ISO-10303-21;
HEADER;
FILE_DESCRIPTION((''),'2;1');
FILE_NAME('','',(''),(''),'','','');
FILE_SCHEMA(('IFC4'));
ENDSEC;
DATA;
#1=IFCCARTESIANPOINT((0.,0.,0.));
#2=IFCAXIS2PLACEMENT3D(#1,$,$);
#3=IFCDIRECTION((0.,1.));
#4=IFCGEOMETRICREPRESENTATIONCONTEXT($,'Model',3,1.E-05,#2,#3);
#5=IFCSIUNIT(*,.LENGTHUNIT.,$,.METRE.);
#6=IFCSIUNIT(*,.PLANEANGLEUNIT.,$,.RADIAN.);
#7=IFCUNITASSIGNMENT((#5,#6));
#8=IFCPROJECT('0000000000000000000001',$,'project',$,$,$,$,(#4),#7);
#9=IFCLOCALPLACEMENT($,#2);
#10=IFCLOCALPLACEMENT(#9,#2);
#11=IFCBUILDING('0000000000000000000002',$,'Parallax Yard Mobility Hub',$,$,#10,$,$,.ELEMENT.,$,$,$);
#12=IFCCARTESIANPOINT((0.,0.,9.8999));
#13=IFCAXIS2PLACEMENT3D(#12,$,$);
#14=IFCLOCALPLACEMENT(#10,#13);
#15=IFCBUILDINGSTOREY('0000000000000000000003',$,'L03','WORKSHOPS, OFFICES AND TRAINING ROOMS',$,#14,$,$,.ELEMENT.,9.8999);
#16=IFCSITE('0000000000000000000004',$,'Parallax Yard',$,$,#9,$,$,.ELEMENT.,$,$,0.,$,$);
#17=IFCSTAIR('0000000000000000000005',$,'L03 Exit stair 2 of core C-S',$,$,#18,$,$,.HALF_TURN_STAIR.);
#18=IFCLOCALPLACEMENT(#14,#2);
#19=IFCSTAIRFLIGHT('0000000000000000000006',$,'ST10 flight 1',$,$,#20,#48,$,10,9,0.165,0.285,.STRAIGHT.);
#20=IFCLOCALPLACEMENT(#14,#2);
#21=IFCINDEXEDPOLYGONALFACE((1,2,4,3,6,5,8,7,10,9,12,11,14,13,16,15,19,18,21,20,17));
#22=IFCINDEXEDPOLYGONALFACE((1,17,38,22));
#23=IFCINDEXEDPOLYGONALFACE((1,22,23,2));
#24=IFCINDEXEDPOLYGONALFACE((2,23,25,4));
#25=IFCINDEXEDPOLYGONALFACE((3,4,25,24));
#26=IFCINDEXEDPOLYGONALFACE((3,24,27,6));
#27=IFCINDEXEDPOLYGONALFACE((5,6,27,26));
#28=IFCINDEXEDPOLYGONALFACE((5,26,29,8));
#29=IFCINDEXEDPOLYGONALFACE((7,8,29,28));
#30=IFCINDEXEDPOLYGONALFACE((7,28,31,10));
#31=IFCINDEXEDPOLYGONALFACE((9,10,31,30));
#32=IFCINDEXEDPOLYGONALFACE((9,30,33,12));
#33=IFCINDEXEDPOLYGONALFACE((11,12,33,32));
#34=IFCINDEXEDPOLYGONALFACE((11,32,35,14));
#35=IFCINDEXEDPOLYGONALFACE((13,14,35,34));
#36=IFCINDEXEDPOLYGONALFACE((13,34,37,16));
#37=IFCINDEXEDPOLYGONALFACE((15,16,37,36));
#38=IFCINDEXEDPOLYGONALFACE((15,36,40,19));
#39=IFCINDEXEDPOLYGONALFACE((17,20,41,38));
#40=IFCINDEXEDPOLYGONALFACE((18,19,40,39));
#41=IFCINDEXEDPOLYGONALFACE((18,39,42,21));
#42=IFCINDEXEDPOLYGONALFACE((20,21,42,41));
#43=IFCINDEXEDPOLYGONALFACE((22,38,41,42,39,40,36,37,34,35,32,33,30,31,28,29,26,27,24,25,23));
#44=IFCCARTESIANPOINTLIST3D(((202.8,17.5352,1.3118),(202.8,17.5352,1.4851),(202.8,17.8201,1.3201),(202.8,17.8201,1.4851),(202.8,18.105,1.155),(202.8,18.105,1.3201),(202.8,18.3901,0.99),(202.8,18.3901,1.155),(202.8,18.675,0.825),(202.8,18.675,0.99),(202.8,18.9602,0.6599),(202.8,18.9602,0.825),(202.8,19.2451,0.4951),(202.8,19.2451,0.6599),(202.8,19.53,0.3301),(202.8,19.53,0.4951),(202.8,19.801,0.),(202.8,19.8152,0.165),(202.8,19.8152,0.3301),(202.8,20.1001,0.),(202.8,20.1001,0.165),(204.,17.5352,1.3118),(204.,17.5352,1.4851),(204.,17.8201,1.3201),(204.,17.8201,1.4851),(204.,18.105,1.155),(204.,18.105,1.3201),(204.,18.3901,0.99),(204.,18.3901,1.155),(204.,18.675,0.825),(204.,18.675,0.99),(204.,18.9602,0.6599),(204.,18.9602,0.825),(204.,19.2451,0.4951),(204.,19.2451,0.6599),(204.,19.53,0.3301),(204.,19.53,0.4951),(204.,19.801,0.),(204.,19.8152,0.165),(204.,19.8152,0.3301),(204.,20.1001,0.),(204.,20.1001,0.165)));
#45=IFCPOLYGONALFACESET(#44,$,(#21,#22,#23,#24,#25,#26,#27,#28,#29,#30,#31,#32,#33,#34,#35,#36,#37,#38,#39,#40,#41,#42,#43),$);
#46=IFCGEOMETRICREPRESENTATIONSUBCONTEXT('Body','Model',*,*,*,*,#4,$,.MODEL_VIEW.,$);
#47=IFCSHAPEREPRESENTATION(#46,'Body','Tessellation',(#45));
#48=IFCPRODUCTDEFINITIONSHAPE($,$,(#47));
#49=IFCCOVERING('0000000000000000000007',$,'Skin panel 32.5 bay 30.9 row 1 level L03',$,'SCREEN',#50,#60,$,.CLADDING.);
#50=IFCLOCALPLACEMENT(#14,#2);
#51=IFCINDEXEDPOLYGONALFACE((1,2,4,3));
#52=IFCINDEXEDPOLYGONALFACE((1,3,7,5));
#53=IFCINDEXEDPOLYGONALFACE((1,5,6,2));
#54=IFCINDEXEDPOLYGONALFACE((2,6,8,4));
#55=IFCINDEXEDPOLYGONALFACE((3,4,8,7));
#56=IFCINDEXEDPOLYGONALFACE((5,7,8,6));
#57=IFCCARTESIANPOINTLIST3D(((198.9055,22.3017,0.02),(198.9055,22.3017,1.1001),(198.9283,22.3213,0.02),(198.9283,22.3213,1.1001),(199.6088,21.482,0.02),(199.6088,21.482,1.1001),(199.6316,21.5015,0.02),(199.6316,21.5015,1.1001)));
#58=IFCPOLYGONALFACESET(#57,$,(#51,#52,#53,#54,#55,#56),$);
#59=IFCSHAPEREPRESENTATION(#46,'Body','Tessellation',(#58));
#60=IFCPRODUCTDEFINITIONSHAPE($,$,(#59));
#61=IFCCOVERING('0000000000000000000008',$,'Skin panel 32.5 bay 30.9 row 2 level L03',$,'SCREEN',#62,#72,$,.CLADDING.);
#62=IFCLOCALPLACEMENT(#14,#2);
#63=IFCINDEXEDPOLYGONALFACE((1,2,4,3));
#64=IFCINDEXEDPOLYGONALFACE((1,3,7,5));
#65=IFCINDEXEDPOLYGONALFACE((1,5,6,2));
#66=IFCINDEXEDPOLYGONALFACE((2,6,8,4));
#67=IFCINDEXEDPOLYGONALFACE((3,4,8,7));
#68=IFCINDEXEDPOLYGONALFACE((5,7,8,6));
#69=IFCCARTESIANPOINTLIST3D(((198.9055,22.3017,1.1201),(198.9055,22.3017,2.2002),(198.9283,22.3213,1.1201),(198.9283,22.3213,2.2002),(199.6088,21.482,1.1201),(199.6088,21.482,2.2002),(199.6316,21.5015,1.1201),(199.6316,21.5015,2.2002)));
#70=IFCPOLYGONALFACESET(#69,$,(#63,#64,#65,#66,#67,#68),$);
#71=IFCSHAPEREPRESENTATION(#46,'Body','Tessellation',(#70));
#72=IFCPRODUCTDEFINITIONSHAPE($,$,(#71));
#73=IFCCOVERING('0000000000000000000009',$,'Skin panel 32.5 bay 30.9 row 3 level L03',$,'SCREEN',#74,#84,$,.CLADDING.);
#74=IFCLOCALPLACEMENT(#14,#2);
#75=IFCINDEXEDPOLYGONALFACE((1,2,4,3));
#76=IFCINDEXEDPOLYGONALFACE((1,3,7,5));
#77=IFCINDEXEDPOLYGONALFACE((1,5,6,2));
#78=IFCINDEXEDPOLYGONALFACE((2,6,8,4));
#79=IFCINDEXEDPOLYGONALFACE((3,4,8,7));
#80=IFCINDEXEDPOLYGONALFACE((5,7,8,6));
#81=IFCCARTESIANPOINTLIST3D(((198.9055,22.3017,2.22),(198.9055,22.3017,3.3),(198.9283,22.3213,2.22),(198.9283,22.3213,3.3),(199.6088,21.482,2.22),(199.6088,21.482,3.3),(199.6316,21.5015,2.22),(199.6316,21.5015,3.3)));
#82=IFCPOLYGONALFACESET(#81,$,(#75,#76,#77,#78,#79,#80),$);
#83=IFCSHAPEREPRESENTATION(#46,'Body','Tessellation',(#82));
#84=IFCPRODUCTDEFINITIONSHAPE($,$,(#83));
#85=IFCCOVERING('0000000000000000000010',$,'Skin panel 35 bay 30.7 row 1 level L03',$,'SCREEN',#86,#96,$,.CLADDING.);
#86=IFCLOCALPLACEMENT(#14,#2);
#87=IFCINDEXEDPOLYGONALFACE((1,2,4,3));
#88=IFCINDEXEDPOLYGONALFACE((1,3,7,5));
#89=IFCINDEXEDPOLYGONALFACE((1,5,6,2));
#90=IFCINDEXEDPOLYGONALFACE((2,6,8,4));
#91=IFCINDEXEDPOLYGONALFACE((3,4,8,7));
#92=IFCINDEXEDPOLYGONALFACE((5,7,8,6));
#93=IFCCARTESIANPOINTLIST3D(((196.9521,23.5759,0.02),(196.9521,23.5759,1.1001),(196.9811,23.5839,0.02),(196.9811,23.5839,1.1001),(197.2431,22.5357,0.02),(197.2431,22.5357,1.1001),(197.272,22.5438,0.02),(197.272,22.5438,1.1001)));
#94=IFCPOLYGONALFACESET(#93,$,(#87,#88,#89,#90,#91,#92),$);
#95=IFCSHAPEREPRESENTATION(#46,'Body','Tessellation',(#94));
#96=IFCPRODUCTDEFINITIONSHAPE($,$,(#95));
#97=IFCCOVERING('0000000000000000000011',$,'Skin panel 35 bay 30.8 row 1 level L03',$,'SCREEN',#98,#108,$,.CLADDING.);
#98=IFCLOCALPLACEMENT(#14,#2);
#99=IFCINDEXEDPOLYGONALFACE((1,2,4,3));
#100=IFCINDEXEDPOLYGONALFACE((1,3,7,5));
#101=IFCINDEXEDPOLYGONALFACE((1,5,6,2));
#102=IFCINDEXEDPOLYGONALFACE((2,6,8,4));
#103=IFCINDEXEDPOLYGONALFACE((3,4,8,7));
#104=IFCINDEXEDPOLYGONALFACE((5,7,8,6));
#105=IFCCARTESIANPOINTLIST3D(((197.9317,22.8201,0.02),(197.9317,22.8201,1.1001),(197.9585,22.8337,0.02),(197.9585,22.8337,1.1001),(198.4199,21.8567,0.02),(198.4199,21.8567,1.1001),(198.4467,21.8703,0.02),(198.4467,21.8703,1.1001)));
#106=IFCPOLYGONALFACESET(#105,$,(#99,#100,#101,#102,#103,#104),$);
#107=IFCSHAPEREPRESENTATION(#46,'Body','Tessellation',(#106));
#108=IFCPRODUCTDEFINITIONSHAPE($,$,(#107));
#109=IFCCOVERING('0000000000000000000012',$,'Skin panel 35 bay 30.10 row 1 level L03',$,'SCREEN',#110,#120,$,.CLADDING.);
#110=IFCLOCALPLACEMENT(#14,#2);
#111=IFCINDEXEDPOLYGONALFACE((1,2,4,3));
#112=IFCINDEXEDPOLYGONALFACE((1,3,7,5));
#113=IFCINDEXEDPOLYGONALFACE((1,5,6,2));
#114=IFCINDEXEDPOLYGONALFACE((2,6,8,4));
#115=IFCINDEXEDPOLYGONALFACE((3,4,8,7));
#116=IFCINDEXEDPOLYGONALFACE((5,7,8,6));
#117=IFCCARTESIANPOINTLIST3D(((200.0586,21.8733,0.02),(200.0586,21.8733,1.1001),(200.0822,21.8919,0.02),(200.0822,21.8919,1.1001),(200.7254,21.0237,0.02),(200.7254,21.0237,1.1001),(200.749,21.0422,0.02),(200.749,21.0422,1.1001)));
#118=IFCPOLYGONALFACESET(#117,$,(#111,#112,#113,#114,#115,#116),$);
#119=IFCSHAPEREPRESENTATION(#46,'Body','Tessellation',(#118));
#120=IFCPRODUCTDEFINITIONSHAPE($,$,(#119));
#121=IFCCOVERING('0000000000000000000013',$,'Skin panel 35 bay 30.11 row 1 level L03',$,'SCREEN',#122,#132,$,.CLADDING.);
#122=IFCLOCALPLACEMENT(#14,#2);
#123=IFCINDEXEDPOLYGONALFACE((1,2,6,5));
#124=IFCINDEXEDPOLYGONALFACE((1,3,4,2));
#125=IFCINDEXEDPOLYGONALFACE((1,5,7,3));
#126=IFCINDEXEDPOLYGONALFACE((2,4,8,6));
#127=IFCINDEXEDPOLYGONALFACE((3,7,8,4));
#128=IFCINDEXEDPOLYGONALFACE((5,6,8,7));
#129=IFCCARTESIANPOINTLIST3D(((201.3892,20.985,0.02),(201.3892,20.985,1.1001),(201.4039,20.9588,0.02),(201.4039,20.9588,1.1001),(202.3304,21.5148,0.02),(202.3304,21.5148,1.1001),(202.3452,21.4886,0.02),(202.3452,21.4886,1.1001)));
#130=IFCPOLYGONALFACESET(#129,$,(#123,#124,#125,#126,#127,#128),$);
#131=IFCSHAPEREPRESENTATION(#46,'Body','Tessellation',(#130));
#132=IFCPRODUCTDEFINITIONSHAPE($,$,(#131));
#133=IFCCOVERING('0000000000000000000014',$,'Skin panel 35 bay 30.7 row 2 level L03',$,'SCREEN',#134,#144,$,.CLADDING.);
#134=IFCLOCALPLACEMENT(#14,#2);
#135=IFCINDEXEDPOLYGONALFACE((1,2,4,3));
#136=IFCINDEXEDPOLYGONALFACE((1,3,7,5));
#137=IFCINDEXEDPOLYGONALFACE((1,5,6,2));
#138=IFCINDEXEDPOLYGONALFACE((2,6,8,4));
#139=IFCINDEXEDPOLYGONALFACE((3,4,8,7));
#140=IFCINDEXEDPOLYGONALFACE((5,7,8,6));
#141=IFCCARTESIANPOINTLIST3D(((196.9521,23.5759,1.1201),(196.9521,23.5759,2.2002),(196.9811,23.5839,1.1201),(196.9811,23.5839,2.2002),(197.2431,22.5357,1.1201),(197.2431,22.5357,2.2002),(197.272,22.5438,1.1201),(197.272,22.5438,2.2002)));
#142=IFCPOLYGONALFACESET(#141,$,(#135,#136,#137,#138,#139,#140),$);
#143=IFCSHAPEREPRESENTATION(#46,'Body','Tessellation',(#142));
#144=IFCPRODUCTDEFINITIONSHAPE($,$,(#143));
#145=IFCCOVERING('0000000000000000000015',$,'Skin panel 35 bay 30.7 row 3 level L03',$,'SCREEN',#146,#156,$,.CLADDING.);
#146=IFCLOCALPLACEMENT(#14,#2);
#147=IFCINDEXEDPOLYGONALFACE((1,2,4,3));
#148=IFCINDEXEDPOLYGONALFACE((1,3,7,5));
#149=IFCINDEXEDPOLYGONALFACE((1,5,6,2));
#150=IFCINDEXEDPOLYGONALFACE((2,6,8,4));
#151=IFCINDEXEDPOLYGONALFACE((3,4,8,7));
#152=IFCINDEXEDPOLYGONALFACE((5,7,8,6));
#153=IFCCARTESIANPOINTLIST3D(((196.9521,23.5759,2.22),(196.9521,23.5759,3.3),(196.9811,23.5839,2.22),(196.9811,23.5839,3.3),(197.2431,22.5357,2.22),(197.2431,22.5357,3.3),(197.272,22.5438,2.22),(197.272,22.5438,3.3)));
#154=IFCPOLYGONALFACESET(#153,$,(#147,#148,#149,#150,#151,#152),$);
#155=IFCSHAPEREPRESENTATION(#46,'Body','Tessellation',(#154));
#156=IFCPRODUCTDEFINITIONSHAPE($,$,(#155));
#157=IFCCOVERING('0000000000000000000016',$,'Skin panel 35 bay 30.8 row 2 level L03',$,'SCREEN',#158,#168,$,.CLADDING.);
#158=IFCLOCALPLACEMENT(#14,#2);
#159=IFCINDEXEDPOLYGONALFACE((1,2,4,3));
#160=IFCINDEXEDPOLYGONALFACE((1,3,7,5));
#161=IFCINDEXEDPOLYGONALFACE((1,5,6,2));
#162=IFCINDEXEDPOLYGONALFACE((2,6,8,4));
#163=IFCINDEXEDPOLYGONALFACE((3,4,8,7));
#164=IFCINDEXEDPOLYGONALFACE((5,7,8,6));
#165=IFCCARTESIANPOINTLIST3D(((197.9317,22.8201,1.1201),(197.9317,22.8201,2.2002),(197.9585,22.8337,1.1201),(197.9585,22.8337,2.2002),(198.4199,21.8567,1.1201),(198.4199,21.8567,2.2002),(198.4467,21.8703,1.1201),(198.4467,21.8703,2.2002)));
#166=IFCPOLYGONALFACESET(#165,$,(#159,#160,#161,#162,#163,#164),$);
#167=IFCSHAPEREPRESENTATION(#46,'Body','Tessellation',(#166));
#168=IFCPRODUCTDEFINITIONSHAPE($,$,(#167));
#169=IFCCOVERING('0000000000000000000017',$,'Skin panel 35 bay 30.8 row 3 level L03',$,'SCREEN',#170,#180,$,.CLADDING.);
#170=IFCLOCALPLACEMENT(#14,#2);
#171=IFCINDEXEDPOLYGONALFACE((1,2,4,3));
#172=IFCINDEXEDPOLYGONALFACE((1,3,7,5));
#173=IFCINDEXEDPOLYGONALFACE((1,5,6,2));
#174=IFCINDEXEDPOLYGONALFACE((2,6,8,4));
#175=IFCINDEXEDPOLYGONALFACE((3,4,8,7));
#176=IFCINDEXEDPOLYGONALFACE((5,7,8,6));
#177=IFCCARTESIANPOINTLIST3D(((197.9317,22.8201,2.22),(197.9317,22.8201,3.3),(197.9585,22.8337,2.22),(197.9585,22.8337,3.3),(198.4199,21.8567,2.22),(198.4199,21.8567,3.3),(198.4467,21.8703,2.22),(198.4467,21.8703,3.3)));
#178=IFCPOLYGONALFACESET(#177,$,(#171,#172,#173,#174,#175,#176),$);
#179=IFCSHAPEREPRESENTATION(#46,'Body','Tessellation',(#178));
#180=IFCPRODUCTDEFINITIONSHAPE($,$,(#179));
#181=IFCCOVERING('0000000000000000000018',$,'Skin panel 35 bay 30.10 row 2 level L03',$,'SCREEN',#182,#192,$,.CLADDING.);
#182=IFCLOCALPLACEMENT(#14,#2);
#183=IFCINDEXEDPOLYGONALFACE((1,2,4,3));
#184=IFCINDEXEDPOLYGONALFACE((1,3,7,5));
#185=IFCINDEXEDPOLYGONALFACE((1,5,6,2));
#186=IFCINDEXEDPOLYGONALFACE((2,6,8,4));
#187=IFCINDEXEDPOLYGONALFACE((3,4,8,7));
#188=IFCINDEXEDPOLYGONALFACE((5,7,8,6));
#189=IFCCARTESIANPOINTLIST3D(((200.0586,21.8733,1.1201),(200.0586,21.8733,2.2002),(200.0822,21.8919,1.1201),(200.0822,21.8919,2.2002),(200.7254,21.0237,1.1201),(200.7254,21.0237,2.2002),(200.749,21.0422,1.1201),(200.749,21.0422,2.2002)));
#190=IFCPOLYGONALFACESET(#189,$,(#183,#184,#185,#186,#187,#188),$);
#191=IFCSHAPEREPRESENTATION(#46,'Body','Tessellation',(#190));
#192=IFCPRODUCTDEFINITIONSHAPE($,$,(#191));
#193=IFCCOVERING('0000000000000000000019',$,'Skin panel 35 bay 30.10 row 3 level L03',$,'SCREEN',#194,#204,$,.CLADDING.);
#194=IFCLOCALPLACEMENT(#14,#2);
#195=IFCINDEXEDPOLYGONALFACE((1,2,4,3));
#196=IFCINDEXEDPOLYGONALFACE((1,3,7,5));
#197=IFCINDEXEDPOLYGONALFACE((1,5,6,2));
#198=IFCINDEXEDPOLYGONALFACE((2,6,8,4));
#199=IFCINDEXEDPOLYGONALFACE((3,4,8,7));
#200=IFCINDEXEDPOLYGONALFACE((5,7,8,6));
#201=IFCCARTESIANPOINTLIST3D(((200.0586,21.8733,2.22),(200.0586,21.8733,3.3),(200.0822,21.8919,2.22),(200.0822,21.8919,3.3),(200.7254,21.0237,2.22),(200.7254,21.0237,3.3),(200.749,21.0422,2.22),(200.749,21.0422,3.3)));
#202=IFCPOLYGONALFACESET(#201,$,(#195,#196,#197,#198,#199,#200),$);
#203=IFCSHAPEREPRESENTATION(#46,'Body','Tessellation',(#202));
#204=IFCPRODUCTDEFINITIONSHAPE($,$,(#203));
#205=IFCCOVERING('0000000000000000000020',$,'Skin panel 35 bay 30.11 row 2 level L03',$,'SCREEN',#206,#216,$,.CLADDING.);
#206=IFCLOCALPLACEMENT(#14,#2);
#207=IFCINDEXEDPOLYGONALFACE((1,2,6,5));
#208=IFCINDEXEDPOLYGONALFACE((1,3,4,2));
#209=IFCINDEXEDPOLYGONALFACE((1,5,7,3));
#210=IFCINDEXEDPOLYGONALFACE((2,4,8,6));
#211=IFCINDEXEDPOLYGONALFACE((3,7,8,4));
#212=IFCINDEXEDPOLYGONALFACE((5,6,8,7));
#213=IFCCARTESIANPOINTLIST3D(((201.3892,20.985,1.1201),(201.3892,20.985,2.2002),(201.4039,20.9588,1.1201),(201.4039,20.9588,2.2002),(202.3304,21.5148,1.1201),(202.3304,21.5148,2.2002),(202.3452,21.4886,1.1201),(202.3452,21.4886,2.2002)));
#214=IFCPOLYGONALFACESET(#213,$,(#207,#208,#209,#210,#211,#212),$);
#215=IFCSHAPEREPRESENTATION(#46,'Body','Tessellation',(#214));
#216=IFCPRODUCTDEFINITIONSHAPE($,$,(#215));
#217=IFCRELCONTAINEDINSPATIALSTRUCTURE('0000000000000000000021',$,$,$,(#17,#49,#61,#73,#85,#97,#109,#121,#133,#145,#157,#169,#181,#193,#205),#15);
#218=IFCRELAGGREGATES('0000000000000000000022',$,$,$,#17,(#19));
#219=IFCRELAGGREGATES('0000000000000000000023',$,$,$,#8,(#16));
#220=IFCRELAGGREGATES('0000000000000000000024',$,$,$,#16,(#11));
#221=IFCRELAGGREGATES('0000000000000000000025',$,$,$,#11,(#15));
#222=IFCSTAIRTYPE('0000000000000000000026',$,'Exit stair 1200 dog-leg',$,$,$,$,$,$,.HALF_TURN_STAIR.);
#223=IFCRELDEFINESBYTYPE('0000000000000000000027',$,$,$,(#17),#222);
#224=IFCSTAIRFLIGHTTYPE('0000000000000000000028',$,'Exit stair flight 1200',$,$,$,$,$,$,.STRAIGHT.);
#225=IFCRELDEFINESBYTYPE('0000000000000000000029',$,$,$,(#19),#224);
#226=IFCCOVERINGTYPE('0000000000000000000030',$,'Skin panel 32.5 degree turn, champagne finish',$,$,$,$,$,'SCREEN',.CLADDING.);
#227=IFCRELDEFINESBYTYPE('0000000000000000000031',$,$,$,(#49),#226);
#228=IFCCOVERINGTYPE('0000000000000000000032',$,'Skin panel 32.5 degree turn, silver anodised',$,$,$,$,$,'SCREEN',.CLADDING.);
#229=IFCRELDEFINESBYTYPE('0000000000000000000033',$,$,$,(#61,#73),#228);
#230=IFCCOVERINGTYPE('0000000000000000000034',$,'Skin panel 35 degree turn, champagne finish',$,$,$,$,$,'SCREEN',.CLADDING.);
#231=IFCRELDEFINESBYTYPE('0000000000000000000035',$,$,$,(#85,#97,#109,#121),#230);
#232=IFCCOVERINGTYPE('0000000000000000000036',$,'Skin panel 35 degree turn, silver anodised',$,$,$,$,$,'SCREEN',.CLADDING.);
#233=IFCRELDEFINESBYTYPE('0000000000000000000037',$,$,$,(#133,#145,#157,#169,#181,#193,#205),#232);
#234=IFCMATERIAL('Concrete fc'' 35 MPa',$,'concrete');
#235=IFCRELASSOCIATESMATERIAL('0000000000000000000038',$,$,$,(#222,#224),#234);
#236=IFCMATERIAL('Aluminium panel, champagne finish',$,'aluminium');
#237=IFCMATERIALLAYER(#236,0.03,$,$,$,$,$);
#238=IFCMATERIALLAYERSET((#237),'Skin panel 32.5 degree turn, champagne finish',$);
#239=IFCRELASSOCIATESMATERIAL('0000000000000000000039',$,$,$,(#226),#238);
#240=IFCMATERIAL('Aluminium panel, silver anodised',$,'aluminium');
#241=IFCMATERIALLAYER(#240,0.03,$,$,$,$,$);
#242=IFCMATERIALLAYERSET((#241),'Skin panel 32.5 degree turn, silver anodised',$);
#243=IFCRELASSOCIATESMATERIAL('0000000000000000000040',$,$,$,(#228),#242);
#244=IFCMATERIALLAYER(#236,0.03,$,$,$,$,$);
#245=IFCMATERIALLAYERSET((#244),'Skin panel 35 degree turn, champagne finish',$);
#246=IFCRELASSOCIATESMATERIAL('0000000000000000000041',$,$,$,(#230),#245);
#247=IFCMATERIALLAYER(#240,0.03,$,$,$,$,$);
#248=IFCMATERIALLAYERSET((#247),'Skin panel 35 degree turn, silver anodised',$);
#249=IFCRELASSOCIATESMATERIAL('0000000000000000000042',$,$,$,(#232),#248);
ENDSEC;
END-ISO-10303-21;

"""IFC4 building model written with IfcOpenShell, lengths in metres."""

from ifc_helpers import new_model, si_unit, direction, frame, origin, origin_2d, place, context, subcontext, project, spatial, polyline, rectangle, outline, extrude, material, layer, layer_set, type_object, element, aggregate, save


model = new_model("IFC4")

# Units and contexts
model_context = context("Model", 3, precision=1e-05, world=origin(), true_north=direction((0.0, 1.0)))
body_context = subcontext(model_context, "Body", "Model", "MODEL_VIEW")
ifc_project = project(units=[si_unit("LENGTHUNIT", "METRE"), si_unit("PLANEANGLEUNIT", "RADIAN")], contexts=[model_context])

# Site, building, storey
site_placement = place(None, origin())
site = spatial("IfcSite", under=ifc_project, at=site_placement, Name="Parallax Yard", CompositionType="ELEMENT", RefElevation=0.0)
building_placement = place(site_placement, origin())
building = spatial("IfcBuilding", under=site, at=building_placement, Name="Parallax Yard Mobility Hub", CompositionType="ELEMENT")
storey_placement = place(building_placement, frame((0.0, 0.0, 9.8999)))
storey = spatial("IfcBuildingStorey", under=building, at=storey_placement, Name="L03", Description="WORKSHOPS, OFFICES AND TRAINING ROOMS", CompositionType="ELEMENT", Elevation=9.8999)

# Shared definitions
ifc_material_1 = material(Name="Concrete fc' 35 MPa", Category="concrete")

# Stair, stair flight
stair_type = type_object("IfcStairType", Name="Exit stair 1200 dog-leg", PredefinedType="HALF_TURN_STAIR", material=ifc_material_1)
stair_placement = place(storey_placement, origin())
stair = element("IfcStair", 1, at=stair_placement, inside=storey, type_object=stair_type, Name="L03 Exit stair 2 of core C-S", PredefinedType="HALF_TURN_STAIR")
stair_flight_type = type_object("IfcStairFlightType", Name="Exit stair flight 1200", PredefinedType="STRAIGHT", material=ifc_material_1)
stair_flight_placement = place(storey_placement, frame((203.3999, 20.1001, 0.0), z_axis=(0.0, 0.0, 1.0), x_axis=(0.0, -1.0, 0.0)))
stair_flight = element("IfcStairFlight", 2, at=stair_flight_placement, type_object=stair_flight_type, Name="ST10 flight 1", NumberOfRisers=10, NumberOfTreads=9, PredefinedType="STRAIGHT", RiserHeight=0.165, TreadLength=0.285, context=body_context, shape_type="SweptSolid", body=[
    extrude(outline(polyline([(0.0, 0.0), (0.0, 0.165), (0.2849, 0.165), (0.2849, 0.3301), (0.5701, 0.3301), (0.5701, 0.4951), (0.855, 0.4951), (0.855, 0.6599), (1.1399, 0.6599), (1.1399, 0.825), (1.425, 0.825), (1.425, 0.99), (1.71, 0.99), (1.71, 1.155), (1.9951, 1.155), (1.9951, 1.3201), (2.28, 1.3201), (2.28, 1.4851), (2.5649, 1.4851), (2.5649, 1.6499), (2.5649, 1.3118), (0.2991, 0.0), (0.0, 0.0)])), frame((0.0, 0.6001, 0.0), z_axis=(0.0, -1.0, 0.0), x_axis=(1.0, 0.0, 0.0)), (0.0, 0.0, 1.0), 1.2),
])
aggregate(stair, [stair_flight])

# Coverings
ifc_material_2 = material(Name="Aluminium panel, champagne finish", Category="aluminium")
ifc_layer_1 = layer(ifc_material_2, 0.03)
ifc_layer_set_1 = layer_set([ifc_layer_1], Name="Skin panel 32.5 degree turn, champagne finish")
covering_type_1 = type_object("IfcCoveringType", Name="Skin panel 32.5 degree turn, champagne finish", ElementType="SCREEN", PredefinedType="CLADDING", material=ifc_layer_set_1)
covering_placement = place(storey_placement, frame((199.2686, 21.9016, 0.02), z_axis=(0.0, 0.0, 1.0), x_axis=(0.651105, -0.758987, 0.0)))
element("IfcCovering", 3, at=covering_placement, inside=storey, type_object=covering_type_1, Name="Skin panel 32.5 bay 30.9 row 1 level L03", ObjectType="SCREEN", PredefinedType="CLADDING", context=body_context, shape_type="SweptSolid", body=[
    extrude(rectangle(XDim=1.0801, YDim=0.03, at=origin_2d()), origin(), (0.0, 0.0, 1.0), 1.0801),
])
ifc_material_3 = material(Name="Aluminium panel, silver anodised", Category="aluminium")
ifc_layer_2 = layer(ifc_material_3, 0.03)
ifc_layer_set_2 = layer_set([ifc_layer_2], Name="Skin panel 32.5 degree turn, silver anodised")
covering_type_2 = type_object("IfcCoveringType", Name="Skin panel 32.5 degree turn, silver anodised", ElementType="SCREEN", PredefinedType="CLADDING", material=ifc_layer_set_2)
for number, where, z_axis, x_axis, name in (
    (4, (199.2686, 21.9016, 1.1201), (0.0, 0.0, 1.0), (0.651105, -0.758987, 0.0), "Skin panel 32.5 bay 30.9 row 2 level L03"),
    (5, (199.2686, 21.9016, 2.22), (0.0, 0.0, 1.0), (0.651105, -0.758987, 0.0), "Skin panel 32.5 bay 30.9 row 3 level L03"),
):
    element("IfcCovering", number, at=place(storey_placement, frame(where, z_axis=z_axis, x_axis=x_axis)), inside=storey, type_object=covering_type_2, Name=name, ObjectType="SCREEN", PredefinedType="CLADDING", context=body_context, shape_type="SweptSolid", body=[
        extrude(rectangle(XDim=1.0801, YDim=0.03, at=origin_2d()), origin(), (0.0, 0.0, 1.0), 1.0801),
    ])
ifc_layer_3 = layer(ifc_material_2, 0.03)
ifc_layer_set_3 = layer_set([ifc_layer_3], Name="Skin panel 35 degree turn, champagne finish")
covering_type_3 = type_object("IfcCoveringType", Name="Skin panel 35 degree turn, champagne finish", ElementType="SCREEN", PredefinedType="CLADDING", material=ifc_layer_set_3)
for number, where, z_axis, x_axis, name in (
    (6, (197.1121, 23.0598, 0.02), (0.0, 0.0, 1.0), (0.26934, -0.963045, 0.0), "Skin panel 35 bay 30.7 row 1 level L03"),
    (7, (198.1892, 22.3452, 0.02), (0.0, 0.0, 1.0), (0.452046, -0.891995, 0.0), "Skin panel 35 bay 30.8 row 1 level L03"),
    (8, (200.4038, 21.4578, 0.02), (0.0, 0.0, 1.0), (0.617379, -0.786666, 0.0), "Skin panel 35 bay 30.10 row 1 level L03"),
    (9, (201.8672, 21.2368, 0.02), (0.0, 0.0, 1.0), (-0.871428, -0.490524, 0.0), "Skin panel 35 bay 30.11 row 1 level L03"),
):
    element("IfcCovering", number, at=place(storey_placement, frame(where, z_axis=z_axis, x_axis=x_axis)), inside=storey, type_object=covering_type_3, Name=name, ObjectType="SCREEN", PredefinedType="CLADDING", context=body_context, shape_type="SweptSolid", body=[
        extrude(rectangle(XDim=1.0801, YDim=0.03, at=origin_2d()), origin(), (0.0, 0.0, 1.0), 1.0801),
    ])
ifc_layer_4 = layer(ifc_material_3, 0.03)
ifc_layer_set_4 = layer_set([ifc_layer_4], Name="Skin panel 35 degree turn, silver anodised")
covering_type_4 = type_object("IfcCoveringType", Name="Skin panel 35 degree turn, silver anodised", ElementType="SCREEN", PredefinedType="CLADDING", material=ifc_layer_set_4)
for number, where, z_axis, x_axis, name in (
    (10, (197.1121, 23.0598, 1.1201), (0.0, 0.0, 1.0), (0.26934, -0.963045, 0.0), "Skin panel 35 bay 30.7 row 2 level L03"),
    (11, (197.1121, 23.0598, 2.22), (0.0, 0.0, 1.0), (0.26934, -0.963045, 0.0), "Skin panel 35 bay 30.7 row 3 level L03"),
    (12, (198.1892, 22.3452, 1.1201), (0.0, 0.0, 1.0), (0.452046, -0.891995, 0.0), "Skin panel 35 bay 30.8 row 2 level L03"),
    (13, (198.1892, 22.3452, 2.22), (0.0, 0.0, 1.0), (0.452046, -0.891995, 0.0), "Skin panel 35 bay 30.8 row 3 level L03"),
    (14, (200.4038, 21.4578, 1.1201), (0.0, 0.0, 1.0), (0.617379, -0.786666, 0.0), "Skin panel 35 bay 30.10 row 2 level L03"),
    (15, (200.4038, 21.4578, 2.22), (0.0, 0.0, 1.0), (0.617379, -0.786666, 0.0), "Skin panel 35 bay 30.10 row 3 level L03"),
    (16, (201.8672, 21.2368, 1.1201), (0.0, 0.0, 1.0), (-0.871428, -0.490524, 0.0), "Skin panel 35 bay 30.11 row 2 level L03"),
):
    element("IfcCovering", number, at=place(storey_placement, frame(where, z_axis=z_axis, x_axis=x_axis)), inside=storey, type_object=covering_type_4, Name=name, ObjectType="SCREEN", PredefinedType="CLADDING", context=body_context, shape_type="SweptSolid", body=[
        extrude(rectangle(XDim=1.0801, YDim=0.03, at=origin_2d()), origin(), (0.0, 0.0, 1.0), 1.0801),
    ])

save(model, "model.ifc")
